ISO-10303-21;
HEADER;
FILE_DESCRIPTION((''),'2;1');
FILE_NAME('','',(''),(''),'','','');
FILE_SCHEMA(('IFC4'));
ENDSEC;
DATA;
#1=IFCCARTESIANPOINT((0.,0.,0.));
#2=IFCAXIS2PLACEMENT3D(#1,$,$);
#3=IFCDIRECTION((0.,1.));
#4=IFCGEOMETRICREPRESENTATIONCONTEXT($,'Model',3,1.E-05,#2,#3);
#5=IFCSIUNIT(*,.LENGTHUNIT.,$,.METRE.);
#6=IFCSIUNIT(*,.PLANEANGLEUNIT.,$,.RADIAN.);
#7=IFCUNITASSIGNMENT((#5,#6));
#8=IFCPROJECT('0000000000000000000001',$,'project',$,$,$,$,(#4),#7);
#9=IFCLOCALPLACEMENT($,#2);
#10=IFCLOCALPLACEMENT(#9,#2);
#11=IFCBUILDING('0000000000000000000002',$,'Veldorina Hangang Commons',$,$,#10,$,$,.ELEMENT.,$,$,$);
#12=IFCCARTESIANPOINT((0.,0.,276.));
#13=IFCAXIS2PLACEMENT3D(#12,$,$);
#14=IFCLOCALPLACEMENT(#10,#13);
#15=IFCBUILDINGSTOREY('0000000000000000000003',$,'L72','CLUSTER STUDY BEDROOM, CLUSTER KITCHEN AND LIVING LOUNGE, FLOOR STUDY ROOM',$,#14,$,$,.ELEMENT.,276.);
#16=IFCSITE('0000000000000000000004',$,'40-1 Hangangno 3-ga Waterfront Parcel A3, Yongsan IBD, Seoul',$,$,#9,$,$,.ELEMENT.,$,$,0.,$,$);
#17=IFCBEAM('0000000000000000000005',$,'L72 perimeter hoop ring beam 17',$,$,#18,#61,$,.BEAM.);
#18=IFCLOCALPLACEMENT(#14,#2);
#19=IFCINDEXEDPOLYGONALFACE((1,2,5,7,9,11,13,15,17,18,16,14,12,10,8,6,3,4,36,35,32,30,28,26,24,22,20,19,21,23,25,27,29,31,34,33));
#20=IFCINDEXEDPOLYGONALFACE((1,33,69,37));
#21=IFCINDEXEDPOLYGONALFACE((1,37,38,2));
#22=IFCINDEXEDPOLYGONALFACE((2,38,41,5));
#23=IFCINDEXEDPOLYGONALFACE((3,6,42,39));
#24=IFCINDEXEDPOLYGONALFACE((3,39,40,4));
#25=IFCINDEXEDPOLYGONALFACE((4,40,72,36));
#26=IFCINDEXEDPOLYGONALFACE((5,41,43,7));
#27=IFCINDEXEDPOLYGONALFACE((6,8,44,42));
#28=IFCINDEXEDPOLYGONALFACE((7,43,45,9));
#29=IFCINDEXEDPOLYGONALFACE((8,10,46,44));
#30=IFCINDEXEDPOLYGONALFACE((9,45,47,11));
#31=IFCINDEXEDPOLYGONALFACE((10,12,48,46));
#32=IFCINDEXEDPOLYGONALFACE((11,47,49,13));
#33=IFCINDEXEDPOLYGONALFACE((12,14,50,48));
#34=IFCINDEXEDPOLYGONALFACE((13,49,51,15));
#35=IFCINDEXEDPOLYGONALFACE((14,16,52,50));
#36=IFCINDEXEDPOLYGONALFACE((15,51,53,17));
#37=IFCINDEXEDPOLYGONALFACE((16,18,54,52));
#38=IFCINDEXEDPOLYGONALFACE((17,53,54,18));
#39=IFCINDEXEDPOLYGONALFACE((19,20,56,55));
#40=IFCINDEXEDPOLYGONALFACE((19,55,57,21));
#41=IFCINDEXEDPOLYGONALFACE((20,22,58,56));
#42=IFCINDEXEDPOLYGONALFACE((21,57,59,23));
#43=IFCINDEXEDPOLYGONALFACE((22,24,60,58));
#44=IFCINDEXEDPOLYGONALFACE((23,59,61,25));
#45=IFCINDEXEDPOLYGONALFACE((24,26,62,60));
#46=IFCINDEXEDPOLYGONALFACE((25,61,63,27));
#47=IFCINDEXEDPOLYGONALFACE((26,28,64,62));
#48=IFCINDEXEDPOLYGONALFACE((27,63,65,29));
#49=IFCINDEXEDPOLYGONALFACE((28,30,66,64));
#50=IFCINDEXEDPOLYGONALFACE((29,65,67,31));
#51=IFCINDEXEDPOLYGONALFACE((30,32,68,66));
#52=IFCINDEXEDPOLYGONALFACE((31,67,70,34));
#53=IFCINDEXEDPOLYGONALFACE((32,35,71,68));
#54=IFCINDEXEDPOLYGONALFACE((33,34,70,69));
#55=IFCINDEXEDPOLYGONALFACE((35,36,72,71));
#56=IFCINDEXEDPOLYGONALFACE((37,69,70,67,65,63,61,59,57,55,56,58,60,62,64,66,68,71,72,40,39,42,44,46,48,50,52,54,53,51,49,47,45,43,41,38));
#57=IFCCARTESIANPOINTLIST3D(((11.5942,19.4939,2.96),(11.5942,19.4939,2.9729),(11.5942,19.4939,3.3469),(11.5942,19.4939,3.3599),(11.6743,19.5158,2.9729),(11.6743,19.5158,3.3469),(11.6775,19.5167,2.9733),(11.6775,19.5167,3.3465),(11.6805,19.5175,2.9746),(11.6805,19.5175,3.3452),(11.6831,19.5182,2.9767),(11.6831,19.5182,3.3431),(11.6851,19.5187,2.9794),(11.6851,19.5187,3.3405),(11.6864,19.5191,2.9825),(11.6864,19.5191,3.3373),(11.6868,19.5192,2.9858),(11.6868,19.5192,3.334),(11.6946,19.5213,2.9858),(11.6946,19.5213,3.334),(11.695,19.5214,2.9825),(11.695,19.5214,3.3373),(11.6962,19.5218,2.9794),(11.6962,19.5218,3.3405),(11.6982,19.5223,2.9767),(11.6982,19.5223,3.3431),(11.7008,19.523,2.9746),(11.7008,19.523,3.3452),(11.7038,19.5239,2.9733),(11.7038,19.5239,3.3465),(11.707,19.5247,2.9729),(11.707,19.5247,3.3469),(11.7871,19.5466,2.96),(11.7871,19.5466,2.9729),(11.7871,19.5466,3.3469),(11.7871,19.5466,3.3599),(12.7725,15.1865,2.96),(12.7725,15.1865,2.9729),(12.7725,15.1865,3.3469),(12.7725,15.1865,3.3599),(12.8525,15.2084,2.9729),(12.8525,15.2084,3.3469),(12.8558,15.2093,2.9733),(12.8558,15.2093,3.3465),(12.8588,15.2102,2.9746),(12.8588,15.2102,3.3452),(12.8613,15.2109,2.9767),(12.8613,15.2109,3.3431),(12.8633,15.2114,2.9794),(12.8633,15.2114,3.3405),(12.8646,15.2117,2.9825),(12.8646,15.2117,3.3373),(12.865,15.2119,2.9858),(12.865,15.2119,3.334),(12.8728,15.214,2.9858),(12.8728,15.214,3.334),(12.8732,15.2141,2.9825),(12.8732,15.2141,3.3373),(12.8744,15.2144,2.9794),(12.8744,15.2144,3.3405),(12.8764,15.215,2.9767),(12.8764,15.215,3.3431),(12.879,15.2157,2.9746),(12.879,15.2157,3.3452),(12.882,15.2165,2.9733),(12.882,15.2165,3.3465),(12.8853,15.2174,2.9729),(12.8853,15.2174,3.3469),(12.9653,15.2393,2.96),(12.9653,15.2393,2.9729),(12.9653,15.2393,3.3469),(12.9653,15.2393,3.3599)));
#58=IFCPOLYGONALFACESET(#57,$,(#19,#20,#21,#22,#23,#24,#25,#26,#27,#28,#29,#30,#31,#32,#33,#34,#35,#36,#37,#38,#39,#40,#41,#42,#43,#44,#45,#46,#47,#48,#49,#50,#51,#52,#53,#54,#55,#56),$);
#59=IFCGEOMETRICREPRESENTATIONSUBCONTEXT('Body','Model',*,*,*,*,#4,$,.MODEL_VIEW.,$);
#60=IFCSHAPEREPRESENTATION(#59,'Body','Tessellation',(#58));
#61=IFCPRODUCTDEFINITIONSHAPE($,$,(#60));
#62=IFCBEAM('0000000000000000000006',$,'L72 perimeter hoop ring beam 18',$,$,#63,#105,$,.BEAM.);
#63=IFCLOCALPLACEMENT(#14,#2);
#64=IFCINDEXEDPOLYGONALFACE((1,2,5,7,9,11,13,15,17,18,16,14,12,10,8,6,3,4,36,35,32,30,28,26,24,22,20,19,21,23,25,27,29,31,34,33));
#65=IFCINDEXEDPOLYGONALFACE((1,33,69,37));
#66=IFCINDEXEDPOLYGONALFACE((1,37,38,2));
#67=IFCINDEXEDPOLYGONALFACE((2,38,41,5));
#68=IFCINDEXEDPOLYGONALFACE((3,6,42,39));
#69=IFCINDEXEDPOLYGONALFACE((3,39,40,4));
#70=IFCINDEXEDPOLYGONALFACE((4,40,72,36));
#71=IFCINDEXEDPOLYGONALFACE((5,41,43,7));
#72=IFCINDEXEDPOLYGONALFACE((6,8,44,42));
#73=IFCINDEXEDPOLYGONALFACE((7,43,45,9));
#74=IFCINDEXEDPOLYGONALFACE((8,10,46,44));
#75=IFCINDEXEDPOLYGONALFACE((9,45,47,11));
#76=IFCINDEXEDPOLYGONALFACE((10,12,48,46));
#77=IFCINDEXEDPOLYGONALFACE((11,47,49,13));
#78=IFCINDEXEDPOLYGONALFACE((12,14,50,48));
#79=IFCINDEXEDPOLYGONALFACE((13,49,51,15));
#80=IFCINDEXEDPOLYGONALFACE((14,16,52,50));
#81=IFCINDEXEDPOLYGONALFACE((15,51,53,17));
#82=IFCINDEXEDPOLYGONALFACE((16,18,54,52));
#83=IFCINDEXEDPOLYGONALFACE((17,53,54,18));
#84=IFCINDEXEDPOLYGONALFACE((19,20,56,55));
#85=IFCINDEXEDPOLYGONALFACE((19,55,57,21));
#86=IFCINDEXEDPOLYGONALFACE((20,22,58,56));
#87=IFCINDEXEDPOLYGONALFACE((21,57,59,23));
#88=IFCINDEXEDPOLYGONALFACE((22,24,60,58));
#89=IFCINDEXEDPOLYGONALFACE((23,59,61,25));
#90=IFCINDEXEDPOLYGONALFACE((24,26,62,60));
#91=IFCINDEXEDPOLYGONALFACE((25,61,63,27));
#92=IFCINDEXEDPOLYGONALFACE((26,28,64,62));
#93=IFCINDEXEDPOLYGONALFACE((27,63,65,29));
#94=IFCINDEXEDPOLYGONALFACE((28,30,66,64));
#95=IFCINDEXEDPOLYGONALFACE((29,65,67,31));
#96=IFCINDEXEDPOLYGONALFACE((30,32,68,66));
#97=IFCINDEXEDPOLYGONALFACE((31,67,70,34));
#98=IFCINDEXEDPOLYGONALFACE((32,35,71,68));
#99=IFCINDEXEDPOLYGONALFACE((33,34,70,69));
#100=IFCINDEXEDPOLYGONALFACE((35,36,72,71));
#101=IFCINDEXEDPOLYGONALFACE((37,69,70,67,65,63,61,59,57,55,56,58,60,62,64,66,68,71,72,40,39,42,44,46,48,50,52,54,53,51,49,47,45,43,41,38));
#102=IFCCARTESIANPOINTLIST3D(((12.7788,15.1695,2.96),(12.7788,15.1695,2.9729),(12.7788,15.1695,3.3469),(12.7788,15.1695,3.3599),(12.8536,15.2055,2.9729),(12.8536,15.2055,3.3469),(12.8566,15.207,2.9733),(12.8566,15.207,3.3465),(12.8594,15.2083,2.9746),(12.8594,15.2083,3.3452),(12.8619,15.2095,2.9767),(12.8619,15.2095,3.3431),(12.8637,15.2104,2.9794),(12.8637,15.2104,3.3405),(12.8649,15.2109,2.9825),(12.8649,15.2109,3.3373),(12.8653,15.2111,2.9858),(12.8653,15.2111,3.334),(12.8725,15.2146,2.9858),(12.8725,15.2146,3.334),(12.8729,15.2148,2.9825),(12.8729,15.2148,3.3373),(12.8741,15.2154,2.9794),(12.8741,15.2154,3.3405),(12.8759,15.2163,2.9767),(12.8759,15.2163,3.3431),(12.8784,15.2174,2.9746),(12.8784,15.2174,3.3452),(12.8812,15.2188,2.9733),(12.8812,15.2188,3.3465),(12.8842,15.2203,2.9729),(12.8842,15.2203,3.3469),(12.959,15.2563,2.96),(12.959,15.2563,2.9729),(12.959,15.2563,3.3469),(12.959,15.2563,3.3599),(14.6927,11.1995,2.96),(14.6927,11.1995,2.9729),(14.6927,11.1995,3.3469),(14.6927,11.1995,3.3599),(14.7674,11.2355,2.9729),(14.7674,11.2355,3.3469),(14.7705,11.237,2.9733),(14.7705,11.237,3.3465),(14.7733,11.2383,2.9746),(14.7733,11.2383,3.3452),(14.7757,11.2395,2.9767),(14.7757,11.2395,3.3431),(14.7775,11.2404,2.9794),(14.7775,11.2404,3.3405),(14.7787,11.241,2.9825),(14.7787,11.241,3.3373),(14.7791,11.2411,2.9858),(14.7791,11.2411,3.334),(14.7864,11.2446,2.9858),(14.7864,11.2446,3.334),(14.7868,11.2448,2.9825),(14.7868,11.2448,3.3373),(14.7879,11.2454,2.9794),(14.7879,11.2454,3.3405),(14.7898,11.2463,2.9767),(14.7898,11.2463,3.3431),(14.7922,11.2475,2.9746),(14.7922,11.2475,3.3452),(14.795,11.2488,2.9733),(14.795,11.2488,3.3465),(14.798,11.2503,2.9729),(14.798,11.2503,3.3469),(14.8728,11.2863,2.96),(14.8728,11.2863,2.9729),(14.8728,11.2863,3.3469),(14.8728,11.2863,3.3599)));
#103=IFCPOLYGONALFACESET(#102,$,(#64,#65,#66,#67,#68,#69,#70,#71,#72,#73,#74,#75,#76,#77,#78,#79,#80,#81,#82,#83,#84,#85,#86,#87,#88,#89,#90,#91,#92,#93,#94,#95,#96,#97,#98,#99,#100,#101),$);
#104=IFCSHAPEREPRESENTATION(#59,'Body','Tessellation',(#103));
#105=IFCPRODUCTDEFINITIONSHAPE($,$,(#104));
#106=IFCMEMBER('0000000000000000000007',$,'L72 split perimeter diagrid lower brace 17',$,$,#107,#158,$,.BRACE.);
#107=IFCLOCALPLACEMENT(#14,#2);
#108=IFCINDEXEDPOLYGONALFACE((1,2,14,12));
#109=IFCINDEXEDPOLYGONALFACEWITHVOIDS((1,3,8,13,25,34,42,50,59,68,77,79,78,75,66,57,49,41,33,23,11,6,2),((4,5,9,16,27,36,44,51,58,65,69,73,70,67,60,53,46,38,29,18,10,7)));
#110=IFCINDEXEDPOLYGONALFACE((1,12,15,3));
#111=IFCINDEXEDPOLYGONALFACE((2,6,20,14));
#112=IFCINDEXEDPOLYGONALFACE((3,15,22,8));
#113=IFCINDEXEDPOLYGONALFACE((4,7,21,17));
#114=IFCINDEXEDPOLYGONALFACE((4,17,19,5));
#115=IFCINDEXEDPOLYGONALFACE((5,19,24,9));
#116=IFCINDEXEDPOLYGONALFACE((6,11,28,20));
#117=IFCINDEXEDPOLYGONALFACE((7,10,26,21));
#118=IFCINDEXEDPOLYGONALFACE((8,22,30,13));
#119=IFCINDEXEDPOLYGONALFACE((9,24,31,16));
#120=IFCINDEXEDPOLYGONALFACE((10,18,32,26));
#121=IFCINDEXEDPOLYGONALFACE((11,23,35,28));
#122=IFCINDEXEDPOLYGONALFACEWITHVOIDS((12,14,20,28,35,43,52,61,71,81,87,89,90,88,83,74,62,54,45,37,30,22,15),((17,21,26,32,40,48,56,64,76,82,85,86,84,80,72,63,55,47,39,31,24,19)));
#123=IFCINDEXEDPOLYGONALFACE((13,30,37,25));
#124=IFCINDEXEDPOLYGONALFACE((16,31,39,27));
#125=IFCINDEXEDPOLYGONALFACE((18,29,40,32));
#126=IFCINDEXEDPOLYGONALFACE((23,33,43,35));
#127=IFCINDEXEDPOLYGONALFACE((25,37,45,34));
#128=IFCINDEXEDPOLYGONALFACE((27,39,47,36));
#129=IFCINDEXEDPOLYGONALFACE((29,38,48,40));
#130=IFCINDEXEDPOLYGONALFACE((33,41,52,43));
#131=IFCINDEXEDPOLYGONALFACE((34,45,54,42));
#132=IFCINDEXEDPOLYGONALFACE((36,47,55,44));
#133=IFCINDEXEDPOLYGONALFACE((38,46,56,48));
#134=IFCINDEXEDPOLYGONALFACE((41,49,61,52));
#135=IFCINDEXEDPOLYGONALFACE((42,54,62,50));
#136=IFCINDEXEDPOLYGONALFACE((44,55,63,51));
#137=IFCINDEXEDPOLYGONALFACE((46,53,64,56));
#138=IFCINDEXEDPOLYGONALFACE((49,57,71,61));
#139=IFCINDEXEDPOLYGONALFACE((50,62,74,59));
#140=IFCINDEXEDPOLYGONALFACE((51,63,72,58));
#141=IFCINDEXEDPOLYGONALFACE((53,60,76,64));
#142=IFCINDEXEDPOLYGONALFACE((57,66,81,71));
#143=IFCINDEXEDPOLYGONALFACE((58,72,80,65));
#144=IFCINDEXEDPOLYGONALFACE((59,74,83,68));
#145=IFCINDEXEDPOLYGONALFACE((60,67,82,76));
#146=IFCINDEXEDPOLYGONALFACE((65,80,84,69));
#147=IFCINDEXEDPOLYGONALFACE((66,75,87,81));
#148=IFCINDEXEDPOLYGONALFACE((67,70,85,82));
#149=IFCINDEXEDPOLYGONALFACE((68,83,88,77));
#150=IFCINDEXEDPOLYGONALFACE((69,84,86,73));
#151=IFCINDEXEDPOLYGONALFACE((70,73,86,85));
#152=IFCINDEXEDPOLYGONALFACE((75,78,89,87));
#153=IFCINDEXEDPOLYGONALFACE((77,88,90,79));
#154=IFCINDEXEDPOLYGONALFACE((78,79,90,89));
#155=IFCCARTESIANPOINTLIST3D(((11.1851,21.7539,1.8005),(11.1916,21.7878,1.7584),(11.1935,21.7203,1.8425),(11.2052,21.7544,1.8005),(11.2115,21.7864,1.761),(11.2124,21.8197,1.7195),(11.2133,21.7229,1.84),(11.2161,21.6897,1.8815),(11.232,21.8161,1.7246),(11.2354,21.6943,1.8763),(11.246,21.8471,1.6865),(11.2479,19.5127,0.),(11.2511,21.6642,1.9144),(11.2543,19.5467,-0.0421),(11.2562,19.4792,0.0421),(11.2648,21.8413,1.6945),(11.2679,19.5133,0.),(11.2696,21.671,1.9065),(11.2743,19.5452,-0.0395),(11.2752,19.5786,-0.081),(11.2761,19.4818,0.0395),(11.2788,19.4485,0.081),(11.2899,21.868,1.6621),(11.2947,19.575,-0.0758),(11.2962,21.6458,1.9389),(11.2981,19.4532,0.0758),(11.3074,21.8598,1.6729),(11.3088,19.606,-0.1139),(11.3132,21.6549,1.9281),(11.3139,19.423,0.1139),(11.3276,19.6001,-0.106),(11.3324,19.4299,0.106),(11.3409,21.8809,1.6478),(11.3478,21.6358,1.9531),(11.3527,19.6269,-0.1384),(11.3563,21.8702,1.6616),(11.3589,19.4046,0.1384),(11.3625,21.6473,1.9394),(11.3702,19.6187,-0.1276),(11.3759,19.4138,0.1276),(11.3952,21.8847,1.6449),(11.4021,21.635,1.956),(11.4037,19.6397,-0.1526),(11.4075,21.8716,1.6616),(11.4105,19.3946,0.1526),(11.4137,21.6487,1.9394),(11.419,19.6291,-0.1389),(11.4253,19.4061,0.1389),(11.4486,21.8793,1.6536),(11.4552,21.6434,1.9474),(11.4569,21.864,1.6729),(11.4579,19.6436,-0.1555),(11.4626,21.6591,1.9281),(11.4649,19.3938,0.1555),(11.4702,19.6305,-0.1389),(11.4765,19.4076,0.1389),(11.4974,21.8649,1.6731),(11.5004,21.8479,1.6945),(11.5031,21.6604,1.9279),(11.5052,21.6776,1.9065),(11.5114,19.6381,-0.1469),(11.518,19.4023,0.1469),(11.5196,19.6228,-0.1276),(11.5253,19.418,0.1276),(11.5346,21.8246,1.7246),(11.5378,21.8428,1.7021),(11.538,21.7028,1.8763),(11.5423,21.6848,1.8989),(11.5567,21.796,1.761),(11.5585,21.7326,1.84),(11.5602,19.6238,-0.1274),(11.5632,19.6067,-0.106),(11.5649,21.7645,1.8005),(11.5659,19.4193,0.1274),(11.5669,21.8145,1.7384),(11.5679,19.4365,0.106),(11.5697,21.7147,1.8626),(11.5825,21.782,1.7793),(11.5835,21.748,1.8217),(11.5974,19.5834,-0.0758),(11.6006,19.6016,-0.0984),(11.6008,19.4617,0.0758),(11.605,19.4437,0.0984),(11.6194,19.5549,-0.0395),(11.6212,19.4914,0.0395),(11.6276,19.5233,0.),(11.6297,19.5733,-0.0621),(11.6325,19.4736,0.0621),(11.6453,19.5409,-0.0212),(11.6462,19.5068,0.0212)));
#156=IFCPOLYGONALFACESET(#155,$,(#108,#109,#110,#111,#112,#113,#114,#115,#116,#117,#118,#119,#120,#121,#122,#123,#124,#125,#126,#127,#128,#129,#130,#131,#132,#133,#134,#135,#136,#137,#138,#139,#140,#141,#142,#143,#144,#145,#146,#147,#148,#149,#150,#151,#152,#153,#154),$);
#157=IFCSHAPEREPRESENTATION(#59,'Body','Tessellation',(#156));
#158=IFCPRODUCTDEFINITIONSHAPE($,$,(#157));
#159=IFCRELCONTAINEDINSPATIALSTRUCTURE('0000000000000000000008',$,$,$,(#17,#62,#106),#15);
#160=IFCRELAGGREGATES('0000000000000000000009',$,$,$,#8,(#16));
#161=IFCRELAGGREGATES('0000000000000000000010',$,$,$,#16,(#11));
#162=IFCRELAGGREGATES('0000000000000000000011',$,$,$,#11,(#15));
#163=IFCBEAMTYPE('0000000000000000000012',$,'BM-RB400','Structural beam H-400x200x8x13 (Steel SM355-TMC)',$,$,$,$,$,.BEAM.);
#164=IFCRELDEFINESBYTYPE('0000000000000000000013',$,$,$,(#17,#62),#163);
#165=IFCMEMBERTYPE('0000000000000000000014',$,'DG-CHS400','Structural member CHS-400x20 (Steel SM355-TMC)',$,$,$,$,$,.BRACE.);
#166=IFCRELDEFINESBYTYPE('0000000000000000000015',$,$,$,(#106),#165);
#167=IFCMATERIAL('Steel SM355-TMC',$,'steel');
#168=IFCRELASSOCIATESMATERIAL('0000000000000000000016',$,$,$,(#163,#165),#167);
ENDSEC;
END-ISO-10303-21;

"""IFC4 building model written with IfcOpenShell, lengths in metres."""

from ifc_helpers import new_model, si_unit, direction, frame, origin, origin_2d, place, context, subcontext, project, spatial, hollow_circle, i_section, extrude, material, material_profile, profile_set, type_object, element, save


model = new_model("IFC4")

# Units and contexts
model_context = context("Model", 3, precision=1e-05, world=origin(), true_north=direction((0.0, 1.0)))
body_context = subcontext(model_context, "Body", "Model", "MODEL_VIEW")
ifc_project = project(units=[si_unit("LENGTHUNIT", "METRE"), si_unit("PLANEANGLEUNIT", "RADIAN")], contexts=[model_context])

# Site, building, storey
site_placement = place(None, origin())
site = spatial("IfcSite", under=ifc_project, at=site_placement, Name="40-1 Hangangno 3-ga Waterfront Parcel A3, Yongsan IBD, Seoul", CompositionType="ELEMENT", RefElevation=0.0)
building_placement = place(site_placement, origin())
building = spatial("IfcBuilding", under=site, at=building_placement, Name="Veldorina Hangang Commons", CompositionType="ELEMENT")
storey_placement = place(building_placement, frame((0.0, 0.0, 276.0)))
storey = spatial("IfcBuildingStorey", under=building, at=storey_placement, Name="L72", Description="CLUSTER STUDY BEDROOM, CLUSTER KITCHEN AND LIVING LOUNGE, FLOOR STUDY ROOM", CompositionType="ELEMENT", Elevation=276.0)

# Beams
ifc_material_1 = material(Name="Steel SM355-TMC", Category="steel")
ifc_material_profile_1 = material_profile(ifc_material_1, i_section(OverallWidth=0.2, OverallDepth=0.3999, WebThickness=0.0081, FlangeThickness=0.0129, FilletRadius=0.0129, at=origin_2d()), Name="H-400x200x8x13")
ifc_profile_set_1 = profile_set([ifc_material_profile_1], Name="Steel SM355-TMC")
beam_type = type_object("IfcBeamType", Name="BM-RB400", Description="Structural beam H-400x200x8x13 (Steel SM355-TMC)", PredefinedType="BEAM", material=ifc_profile_set_1)
beam_1_placement = place(storey_placement, frame((11.6907, 19.5203, 3.1599), z_axis=(0.263844, -0.964565, 0.0), x_axis=(0.964565, 0.263844, 0.0)))
element("IfcBeam", 1, at=beam_1_placement, inside=storey, type_object=beam_type, Name="L72 perimeter hoop ring beam 17", PredefinedType="BEAM", context=body_context, shape_type="SweptSolid", body=[
    extrude(i_section(OverallWidth=0.2, OverallDepth=0.3999, WebThickness=0.0081, FlangeThickness=0.0129, FilletRadius=0.0129, at=origin_2d()), origin(), (0.0, 0.0, 1.0), 4.4656),
])
beam_2_placement = place(storey_placement, frame((12.8689, 15.2129, 3.1599), z_axis=(0.434249, -0.900793, 0.0), x_axis=(0.900793, 0.434249, 0.0)))
element("IfcBeam", 2, at=beam_2_placement, inside=storey, type_object=beam_type, Name="L72 perimeter hoop ring beam 18", PredefinedType="BEAM", context=body_context, shape_type="SweptSolid", body=[
    extrude(i_section(OverallWidth=0.2, OverallDepth=0.3999, WebThickness=0.0081, FlangeThickness=0.0129, FilletRadius=0.0129, at=origin_2d()), origin(), (0.0, 0.0, 1.0), 4.4072),
])

# Member
ifc_material_profile_2 = material_profile(ifc_material_1, hollow_circle(Radius=0.2, WallThickness=0.02, at=origin_2d()), Name="CHS-400x20")
ifc_profile_set_2 = profile_set([ifc_material_profile_2], Name="Steel SM355-TMC")
member_type_1 = type_object("IfcMemberType", Name="DG-CHS400", Description="Structural member CHS-400x20 (Steel SM355-TMC)", PredefinedType="BRACE", material=ifc_profile_set_2)
member_1_placement = place(storey_placement, frame((11.4478, 19.5183, 0.0), z_axis=(-0.02182, 0.779397, 0.62615), x_axis=(-0.999608, -0.027985, 0.0)))
element("IfcMember", 3, at=member_1_placement, inside=storey, type_object=member_type_1, Name="L72 split perimeter diagrid lower brace 17", PredefinedType="BRACE", context=body_context, shape_type="SweptSolid", body=[
    extrude(hollow_circle(Radius=0.2, WallThickness=0.02, at=origin_2d()), origin(), (0.0, 0.0, 1.0), 2.8755),
])

save(model, "model.ifc")
